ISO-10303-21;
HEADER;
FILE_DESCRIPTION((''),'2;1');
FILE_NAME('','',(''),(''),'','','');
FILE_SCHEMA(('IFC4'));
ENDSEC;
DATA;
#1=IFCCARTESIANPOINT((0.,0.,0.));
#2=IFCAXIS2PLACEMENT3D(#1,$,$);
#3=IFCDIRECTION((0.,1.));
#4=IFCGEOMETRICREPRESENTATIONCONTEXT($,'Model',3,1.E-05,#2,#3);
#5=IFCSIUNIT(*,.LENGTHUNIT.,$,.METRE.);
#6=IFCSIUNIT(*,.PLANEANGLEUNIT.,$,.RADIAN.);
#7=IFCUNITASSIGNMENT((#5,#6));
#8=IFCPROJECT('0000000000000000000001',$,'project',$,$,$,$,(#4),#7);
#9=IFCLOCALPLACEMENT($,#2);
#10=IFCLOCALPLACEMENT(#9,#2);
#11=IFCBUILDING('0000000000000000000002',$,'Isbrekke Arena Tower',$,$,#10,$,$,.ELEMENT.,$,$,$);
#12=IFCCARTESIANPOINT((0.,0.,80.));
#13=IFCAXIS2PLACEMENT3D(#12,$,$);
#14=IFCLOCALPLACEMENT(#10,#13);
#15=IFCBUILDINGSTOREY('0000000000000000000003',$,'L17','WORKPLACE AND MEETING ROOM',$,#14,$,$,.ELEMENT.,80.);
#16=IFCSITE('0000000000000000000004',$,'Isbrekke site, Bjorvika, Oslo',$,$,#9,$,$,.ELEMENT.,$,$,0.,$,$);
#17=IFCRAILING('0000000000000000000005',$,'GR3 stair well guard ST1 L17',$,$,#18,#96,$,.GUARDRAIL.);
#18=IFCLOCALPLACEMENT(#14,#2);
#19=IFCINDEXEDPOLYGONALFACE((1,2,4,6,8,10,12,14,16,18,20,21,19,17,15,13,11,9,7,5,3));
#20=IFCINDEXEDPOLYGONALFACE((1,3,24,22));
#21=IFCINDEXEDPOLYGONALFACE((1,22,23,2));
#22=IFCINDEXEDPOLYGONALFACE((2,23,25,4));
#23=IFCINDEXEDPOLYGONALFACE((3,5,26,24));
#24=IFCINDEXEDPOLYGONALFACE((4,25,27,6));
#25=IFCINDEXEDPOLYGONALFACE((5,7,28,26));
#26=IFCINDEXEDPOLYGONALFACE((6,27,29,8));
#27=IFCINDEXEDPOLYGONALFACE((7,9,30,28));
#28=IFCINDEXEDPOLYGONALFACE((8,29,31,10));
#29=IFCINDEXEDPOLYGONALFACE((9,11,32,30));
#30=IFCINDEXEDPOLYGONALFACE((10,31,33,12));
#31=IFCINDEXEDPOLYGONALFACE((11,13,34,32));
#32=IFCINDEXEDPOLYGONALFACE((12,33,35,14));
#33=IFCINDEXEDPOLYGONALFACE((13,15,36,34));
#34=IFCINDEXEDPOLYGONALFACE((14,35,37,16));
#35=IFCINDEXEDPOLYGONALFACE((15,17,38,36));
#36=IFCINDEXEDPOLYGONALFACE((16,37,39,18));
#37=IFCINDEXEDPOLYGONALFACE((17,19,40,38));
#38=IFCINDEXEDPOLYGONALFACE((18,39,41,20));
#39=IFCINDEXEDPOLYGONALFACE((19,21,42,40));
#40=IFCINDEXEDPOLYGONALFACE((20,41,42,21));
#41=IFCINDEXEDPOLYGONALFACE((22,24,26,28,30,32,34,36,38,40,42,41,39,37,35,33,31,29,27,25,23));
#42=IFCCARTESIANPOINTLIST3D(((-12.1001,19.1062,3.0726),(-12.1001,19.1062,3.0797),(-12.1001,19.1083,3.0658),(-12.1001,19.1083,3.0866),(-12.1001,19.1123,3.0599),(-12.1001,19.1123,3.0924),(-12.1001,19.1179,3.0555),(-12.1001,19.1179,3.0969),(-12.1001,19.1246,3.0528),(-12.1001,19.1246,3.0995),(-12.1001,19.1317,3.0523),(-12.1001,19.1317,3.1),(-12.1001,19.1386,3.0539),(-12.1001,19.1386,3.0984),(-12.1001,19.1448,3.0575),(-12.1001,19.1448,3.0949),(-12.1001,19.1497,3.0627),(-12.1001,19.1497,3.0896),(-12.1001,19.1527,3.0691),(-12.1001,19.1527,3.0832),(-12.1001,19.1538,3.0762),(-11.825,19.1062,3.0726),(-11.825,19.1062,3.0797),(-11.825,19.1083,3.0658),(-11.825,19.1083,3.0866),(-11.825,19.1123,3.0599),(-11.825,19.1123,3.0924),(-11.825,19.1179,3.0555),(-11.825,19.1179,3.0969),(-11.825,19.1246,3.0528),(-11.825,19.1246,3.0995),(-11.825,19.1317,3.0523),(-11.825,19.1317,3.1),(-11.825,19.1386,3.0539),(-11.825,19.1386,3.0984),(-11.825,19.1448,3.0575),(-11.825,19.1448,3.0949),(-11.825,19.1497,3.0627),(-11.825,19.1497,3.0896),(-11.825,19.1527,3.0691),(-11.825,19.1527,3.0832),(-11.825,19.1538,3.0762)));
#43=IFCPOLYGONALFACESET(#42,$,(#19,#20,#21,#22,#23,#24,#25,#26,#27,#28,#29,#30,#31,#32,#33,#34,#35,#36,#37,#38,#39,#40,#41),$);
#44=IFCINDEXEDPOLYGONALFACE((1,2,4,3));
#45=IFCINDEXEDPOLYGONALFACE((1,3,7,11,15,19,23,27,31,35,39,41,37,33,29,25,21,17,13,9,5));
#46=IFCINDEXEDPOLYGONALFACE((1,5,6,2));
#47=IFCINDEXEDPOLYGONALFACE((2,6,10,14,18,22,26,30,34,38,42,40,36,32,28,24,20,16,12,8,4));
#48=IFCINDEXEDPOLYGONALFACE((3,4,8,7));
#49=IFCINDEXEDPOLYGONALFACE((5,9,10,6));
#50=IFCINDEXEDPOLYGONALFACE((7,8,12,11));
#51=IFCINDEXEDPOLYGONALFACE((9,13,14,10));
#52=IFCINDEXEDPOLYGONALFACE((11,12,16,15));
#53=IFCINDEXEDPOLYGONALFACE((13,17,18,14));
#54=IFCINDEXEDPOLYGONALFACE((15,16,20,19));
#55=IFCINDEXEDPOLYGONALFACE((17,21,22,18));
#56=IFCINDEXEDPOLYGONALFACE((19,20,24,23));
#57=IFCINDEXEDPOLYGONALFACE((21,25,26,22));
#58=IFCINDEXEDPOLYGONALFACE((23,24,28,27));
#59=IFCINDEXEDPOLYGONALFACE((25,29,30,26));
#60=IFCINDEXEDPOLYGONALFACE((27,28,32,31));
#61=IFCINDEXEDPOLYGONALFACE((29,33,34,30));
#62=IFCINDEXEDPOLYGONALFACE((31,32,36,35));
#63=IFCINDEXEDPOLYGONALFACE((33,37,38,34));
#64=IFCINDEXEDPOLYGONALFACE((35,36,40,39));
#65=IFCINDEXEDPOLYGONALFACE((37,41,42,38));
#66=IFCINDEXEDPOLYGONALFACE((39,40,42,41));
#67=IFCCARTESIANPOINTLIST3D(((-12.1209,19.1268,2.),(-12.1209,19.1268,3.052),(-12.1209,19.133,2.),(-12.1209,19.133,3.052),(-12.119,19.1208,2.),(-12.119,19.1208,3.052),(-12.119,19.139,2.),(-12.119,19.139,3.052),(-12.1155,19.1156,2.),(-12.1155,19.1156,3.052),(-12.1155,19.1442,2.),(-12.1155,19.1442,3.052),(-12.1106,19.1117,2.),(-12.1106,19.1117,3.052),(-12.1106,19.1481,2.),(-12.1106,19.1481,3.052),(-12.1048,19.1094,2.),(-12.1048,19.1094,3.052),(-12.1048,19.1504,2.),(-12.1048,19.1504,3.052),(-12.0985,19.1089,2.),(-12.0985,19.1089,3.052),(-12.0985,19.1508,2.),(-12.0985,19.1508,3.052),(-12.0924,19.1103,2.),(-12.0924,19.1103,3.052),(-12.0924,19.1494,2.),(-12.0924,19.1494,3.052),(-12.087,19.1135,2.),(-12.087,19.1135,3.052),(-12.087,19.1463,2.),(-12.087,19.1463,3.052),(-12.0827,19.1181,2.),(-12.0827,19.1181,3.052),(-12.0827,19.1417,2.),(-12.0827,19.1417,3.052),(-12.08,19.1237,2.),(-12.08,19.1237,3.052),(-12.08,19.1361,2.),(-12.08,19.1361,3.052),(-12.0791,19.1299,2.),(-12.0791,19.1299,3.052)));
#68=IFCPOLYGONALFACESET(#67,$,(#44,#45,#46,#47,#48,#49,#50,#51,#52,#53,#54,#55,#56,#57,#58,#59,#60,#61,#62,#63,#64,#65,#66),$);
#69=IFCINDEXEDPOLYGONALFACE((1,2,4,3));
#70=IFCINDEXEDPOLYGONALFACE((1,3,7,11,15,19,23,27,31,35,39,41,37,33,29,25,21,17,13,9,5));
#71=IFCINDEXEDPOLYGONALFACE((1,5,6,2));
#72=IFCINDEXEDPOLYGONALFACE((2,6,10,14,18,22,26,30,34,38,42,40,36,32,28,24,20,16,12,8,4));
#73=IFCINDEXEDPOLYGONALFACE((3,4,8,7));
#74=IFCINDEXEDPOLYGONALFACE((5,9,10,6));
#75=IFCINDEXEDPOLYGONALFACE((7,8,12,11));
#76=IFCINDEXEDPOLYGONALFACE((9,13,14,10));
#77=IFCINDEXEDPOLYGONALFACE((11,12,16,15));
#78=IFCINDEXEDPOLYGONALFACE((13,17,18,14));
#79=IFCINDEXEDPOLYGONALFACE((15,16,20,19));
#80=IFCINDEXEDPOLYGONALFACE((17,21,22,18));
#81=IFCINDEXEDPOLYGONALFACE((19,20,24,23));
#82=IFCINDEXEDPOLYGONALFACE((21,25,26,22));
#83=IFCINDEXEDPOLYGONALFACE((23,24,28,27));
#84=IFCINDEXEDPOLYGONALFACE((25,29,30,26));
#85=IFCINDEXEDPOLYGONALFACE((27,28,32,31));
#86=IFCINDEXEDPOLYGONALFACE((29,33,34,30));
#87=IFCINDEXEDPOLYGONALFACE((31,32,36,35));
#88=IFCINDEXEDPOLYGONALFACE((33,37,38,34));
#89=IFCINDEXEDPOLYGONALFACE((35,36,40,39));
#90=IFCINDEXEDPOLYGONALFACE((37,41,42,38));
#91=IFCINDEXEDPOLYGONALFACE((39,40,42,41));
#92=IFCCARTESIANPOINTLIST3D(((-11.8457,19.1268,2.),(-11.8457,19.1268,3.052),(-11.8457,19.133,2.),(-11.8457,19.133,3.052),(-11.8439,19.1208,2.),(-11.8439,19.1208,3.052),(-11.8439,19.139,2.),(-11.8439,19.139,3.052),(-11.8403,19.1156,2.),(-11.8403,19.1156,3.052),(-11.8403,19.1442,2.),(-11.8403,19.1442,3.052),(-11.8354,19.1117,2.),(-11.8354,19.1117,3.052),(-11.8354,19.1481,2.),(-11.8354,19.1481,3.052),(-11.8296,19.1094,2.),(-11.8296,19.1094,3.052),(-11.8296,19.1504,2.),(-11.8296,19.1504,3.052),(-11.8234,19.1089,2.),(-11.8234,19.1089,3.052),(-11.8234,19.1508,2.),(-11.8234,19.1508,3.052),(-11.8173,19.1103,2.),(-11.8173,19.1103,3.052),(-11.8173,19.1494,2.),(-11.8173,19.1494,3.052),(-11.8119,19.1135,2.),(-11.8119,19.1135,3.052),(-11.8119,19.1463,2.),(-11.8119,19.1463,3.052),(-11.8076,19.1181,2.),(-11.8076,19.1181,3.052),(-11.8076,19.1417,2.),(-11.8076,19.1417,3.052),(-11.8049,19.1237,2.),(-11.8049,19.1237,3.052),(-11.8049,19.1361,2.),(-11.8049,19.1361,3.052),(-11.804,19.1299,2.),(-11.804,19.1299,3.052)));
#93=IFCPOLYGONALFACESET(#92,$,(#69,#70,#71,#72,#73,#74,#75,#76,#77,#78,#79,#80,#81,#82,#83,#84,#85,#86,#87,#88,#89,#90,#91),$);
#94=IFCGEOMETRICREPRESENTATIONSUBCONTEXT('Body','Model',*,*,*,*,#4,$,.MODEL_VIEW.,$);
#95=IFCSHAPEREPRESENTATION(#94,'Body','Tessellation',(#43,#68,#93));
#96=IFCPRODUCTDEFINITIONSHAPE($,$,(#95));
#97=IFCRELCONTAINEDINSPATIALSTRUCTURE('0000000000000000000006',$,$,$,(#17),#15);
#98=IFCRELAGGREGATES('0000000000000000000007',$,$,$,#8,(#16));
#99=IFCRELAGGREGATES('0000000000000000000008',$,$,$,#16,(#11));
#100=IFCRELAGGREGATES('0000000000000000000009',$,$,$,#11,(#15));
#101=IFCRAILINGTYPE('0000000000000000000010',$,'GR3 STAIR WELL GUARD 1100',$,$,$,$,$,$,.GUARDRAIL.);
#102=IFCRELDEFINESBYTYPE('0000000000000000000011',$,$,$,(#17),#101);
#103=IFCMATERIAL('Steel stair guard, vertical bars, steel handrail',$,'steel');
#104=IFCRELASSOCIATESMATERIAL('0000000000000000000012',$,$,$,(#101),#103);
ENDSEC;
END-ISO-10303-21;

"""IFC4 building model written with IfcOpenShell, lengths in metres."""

from ifc_helpers import new_model, si_unit, direction, frame, origin, origin_2d, place, context, subcontext, project, spatial, circle, extrude, material, type_object, element, save


model = new_model("IFC4")

# Units and contexts
model_context = context("Model", 3, precision=1e-05, world=origin(), true_north=direction((0.0, 1.0)))
body_context = subcontext(model_context, "Body", "Model", "MODEL_VIEW")
ifc_project = project(units=[si_unit("LENGTHUNIT", "METRE"), si_unit("PLANEANGLEUNIT", "RADIAN")], contexts=[model_context])

# Site, building, storey
site_placement = place(None, origin())
site = spatial("IfcSite", under=ifc_project, at=site_placement, Name="Isbrekke site, Bjorvika, Oslo", CompositionType="ELEMENT", RefElevation=0.0)
building_placement = place(site_placement, origin())
building = spatial("IfcBuilding", under=site, at=building_placement, Name="Isbrekke Arena Tower", CompositionType="ELEMENT")
storey_placement = place(building_placement, frame((0.0, 0.0, 80.0)))
storey = spatial("IfcBuildingStorey", under=building, at=storey_placement, Name="L17", Description="WORKPLACE AND MEETING ROOM", CompositionType="ELEMENT", Elevation=80.0)

# Railing
ifc_material_1 = material(Name="Steel stair guard, vertical bars, steel handrail", Category="steel")
railing_type = type_object("IfcRailingType", Name="GR3 STAIR WELL GUARD 1100", PredefinedType="GUARDRAIL", material=ifc_material_1)
for number, where, name in (
    (1, (-12.1001, 19.1299, 2.0), "GR3 stair well guard ST1 L17"),
):
    element("IfcRailing", number, at=place(storey_placement, frame(where)), inside=storey, type_object=railing_type, Name=name, PredefinedType="GUARDRAIL", context=body_context, shape_type="SweptSolid", body=[
        extrude(circle(Radius=0.0239, at=origin_2d()), frame((0.0, 0.0, 1.0762), z_axis=(1.0, 0.0, 0.0), x_axis=(0.0, 1.0, 0.0)), (0.0, 0.0, 1.0), 0.2751),
        extrude(circle(Radius=0.021, at=origin_2d()), origin(), (0.0, 0.0, 1.0), 1.052),
        extrude(circle(Radius=0.021, at=origin_2d()), frame((0.2751, 0.0, 0.0)), (0.0, 0.0, 1.0), 1.052),
    ])

save(model, "model.ifc")
